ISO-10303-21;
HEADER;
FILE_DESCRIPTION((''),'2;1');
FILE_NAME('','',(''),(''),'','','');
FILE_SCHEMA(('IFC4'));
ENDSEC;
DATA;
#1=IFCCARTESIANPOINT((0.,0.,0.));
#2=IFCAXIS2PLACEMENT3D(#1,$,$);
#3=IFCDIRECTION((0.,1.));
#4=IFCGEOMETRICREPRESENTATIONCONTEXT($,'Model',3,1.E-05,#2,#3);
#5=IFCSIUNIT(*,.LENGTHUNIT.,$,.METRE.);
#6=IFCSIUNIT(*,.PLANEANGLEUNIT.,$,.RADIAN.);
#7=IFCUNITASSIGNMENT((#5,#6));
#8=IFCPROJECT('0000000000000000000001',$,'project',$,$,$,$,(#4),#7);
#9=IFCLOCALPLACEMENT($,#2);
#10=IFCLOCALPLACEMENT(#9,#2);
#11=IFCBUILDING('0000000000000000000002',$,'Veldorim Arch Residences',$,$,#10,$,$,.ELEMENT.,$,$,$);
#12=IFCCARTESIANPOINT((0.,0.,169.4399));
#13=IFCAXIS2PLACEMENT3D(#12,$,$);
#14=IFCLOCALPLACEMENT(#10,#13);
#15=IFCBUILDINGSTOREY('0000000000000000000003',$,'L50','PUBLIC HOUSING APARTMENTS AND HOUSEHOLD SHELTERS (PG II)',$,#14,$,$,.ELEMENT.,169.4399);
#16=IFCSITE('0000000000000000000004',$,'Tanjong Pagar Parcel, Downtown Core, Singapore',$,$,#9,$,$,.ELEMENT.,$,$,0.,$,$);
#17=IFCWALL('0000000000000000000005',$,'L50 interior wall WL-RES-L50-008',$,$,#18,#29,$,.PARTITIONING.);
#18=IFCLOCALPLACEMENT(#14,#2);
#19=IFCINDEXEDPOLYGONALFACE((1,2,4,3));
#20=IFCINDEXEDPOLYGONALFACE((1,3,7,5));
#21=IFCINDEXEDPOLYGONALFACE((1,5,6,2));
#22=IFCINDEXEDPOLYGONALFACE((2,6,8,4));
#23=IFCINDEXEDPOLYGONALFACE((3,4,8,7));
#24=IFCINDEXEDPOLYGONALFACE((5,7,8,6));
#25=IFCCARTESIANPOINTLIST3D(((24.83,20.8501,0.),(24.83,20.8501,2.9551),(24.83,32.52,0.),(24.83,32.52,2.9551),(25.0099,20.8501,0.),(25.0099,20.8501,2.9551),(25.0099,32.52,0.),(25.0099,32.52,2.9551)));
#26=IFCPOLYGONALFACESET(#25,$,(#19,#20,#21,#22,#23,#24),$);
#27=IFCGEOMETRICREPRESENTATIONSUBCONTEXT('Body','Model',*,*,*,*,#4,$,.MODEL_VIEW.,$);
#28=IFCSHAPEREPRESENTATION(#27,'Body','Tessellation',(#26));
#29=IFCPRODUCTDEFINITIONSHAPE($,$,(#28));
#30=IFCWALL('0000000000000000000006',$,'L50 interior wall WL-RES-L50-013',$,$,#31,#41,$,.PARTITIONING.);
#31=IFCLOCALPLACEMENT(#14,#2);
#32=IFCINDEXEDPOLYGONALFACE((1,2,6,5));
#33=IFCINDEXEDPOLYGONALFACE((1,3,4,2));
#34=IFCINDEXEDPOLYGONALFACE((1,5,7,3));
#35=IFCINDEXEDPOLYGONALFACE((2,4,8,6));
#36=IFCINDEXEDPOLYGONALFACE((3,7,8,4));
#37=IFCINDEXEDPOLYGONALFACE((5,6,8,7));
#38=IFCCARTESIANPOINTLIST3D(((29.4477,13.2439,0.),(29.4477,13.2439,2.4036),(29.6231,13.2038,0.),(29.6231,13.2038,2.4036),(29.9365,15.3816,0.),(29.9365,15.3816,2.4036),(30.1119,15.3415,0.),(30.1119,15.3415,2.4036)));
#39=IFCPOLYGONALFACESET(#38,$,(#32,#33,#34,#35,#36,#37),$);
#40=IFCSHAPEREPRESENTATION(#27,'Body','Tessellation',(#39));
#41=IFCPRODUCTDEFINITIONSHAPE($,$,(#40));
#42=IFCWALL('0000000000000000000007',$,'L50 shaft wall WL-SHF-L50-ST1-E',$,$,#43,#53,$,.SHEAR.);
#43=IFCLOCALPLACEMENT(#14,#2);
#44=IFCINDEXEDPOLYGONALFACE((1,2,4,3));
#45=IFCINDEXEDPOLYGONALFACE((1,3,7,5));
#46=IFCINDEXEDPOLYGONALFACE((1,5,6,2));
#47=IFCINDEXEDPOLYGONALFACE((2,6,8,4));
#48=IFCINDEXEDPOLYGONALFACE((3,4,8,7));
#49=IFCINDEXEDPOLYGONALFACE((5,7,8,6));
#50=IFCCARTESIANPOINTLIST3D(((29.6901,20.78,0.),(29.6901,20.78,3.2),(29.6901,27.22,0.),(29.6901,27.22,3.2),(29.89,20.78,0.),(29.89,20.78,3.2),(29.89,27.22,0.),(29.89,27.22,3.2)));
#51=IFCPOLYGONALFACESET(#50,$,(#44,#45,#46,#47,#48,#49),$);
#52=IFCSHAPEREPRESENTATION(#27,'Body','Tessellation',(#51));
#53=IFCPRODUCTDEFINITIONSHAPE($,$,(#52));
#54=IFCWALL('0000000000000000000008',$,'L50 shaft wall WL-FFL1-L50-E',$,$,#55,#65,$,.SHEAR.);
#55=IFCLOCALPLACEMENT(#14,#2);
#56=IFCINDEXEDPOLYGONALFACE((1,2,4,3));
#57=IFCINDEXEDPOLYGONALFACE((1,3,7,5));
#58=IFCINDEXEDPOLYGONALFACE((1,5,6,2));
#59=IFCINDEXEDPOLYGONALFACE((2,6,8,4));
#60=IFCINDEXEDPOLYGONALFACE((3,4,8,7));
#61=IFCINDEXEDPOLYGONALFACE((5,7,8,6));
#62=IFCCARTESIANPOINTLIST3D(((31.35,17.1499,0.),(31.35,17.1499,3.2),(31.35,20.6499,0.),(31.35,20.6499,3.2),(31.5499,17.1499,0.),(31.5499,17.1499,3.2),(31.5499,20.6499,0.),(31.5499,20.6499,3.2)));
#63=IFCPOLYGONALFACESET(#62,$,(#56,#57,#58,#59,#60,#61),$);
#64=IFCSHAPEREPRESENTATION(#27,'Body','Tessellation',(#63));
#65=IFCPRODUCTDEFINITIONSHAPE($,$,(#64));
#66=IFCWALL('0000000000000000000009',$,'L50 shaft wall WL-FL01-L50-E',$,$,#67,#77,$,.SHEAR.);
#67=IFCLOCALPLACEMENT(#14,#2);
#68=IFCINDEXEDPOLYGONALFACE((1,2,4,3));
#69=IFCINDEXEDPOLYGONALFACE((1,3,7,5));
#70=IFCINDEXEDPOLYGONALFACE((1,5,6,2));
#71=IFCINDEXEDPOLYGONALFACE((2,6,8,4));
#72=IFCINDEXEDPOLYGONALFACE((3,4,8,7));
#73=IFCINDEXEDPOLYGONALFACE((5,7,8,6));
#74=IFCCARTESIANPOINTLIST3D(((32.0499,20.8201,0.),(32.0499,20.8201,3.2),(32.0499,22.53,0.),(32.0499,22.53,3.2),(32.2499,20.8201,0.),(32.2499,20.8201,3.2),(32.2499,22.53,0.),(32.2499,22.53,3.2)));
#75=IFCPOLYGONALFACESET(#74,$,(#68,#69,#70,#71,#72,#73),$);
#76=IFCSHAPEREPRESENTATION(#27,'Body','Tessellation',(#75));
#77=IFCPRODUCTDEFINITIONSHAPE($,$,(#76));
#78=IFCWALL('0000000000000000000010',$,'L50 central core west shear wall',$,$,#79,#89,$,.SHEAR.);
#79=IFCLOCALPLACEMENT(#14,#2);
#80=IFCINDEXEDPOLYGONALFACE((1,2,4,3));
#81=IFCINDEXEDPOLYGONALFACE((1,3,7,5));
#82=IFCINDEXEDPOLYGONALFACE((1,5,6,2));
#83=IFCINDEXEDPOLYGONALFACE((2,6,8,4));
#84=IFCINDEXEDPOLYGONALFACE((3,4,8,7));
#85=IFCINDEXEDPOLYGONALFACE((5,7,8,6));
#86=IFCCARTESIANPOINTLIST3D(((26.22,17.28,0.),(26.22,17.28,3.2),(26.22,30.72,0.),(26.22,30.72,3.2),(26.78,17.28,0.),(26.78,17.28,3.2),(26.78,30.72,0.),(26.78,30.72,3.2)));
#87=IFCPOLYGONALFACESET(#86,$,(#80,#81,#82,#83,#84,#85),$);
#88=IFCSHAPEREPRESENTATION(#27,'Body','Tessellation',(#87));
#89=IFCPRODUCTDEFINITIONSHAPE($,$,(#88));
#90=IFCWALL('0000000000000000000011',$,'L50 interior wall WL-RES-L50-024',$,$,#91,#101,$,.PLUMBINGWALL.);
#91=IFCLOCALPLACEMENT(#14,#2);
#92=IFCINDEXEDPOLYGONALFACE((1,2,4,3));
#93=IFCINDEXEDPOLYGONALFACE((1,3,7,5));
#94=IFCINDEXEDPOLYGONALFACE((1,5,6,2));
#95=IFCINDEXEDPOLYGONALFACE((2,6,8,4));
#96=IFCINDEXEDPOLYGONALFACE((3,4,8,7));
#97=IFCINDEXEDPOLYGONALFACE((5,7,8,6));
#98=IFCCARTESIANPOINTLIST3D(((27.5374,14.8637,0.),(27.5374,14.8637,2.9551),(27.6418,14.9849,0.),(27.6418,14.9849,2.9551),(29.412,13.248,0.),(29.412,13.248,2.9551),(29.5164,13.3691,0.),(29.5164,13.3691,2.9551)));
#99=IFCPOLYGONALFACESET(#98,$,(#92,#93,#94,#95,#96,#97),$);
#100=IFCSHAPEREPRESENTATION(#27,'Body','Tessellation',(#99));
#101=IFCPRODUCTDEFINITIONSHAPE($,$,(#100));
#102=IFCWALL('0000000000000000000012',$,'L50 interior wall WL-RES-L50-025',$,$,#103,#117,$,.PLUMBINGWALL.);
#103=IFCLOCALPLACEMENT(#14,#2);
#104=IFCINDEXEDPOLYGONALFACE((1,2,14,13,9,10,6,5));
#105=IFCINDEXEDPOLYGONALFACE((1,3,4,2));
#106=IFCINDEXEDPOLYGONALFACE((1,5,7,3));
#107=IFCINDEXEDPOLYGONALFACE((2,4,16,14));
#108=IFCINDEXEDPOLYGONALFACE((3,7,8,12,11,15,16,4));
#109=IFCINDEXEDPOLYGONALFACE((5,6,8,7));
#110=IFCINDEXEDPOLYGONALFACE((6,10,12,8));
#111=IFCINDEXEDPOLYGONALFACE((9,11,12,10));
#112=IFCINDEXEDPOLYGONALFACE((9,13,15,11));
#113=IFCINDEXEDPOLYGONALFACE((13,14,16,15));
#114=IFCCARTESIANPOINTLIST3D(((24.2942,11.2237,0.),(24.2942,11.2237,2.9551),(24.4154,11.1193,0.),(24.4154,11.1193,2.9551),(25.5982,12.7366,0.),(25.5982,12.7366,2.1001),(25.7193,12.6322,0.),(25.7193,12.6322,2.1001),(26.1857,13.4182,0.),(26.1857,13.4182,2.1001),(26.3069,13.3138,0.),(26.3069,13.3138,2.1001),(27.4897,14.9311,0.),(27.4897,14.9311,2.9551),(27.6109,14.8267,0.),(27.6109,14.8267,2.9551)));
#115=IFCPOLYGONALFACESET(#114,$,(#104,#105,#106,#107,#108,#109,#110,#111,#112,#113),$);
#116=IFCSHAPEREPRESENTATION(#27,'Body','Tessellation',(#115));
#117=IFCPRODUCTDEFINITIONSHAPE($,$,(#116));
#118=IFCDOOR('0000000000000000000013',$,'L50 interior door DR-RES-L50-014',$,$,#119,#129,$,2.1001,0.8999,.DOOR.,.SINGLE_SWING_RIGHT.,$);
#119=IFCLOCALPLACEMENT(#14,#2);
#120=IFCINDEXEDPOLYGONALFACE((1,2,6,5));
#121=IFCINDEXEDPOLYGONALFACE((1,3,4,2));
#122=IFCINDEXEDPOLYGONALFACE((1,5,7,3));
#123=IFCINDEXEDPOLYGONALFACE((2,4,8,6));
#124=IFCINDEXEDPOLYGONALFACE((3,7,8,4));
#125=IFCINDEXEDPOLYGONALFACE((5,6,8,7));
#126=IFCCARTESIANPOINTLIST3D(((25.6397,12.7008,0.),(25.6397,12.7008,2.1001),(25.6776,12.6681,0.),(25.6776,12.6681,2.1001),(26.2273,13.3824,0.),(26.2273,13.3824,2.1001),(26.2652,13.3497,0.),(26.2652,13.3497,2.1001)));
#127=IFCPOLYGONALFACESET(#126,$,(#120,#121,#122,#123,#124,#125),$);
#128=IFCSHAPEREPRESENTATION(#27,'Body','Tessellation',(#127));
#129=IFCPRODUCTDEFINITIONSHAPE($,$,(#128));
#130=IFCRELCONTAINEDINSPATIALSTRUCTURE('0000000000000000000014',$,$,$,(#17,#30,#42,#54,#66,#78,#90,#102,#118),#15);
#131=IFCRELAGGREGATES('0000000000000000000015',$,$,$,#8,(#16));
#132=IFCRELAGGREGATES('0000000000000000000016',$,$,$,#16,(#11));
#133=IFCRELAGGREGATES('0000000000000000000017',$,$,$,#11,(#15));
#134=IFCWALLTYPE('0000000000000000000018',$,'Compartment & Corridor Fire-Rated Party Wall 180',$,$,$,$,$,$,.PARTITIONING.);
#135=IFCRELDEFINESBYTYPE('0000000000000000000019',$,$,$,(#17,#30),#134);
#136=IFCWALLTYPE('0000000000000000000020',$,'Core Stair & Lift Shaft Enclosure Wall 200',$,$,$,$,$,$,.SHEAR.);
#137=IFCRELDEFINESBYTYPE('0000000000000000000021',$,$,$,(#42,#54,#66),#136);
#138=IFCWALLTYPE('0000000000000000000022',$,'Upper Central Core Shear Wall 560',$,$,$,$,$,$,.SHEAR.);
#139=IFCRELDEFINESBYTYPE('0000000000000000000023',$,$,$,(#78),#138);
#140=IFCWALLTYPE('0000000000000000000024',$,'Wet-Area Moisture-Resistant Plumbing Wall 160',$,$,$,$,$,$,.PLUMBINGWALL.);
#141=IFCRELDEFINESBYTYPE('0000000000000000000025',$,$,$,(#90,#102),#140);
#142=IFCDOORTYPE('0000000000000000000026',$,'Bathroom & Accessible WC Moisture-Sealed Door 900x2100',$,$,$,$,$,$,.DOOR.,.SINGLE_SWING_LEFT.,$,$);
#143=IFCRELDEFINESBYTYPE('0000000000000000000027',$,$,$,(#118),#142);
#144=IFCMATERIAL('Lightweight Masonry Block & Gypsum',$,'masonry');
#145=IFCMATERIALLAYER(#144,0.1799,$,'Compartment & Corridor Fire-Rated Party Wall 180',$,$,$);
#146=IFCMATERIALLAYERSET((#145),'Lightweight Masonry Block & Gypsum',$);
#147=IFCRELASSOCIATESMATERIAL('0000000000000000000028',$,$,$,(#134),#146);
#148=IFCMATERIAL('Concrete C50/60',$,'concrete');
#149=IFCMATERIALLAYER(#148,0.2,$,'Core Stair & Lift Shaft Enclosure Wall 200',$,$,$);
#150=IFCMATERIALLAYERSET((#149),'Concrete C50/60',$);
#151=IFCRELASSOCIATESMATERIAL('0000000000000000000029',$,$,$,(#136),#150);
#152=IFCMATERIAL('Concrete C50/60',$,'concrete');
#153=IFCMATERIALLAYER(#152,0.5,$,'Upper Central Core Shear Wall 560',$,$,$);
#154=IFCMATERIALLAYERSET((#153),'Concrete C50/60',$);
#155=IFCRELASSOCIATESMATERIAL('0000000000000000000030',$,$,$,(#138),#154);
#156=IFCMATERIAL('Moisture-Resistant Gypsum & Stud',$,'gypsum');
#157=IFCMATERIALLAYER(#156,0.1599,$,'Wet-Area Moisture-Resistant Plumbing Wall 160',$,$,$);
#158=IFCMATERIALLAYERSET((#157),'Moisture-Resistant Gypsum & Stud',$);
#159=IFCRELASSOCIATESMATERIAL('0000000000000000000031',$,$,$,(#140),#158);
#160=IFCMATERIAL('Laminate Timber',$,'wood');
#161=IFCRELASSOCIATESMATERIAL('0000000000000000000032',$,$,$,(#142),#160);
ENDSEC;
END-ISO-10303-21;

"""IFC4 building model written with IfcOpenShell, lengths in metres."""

from ifc_helpers import new_model, si_unit, direction, frame, frame_2d, origin, place, context, subcontext, project, spatial, rectangle, extrude, material, layer, layer_set, type_object, element, fill, save


model = new_model("IFC4")

# Units and contexts
model_context = context("Model", 3, precision=1e-05, world=origin(), true_north=direction((0.0, 1.0)))
body_context = subcontext(model_context, "Body", "Model", "MODEL_VIEW")
ifc_project = project(units=[si_unit("LENGTHUNIT", "METRE"), si_unit("PLANEANGLEUNIT", "RADIAN")], contexts=[model_context])

# Site, building, storey
site_placement = place(None, origin())
site = spatial("IfcSite", under=ifc_project, at=site_placement, Name="Tanjong Pagar Parcel, Downtown Core, Singapore", CompositionType="ELEMENT", RefElevation=0.0)
building_placement = place(site_placement, origin())
building = spatial("IfcBuilding", under=site, at=building_placement, Name="Veldorim Arch Residences", CompositionType="ELEMENT")
storey_placement = place(building_placement, frame((0.0, 0.0, 169.4399)))
storey = spatial("IfcBuildingStorey", under=building, at=storey_placement, Name="L50", Description="PUBLIC HOUSING APARTMENTS AND HOUSEHOLD SHELTERS (PG II)", CompositionType="ELEMENT", Elevation=169.4399)

# Walls
ifc_material_1 = material(Name="Lightweight Masonry Block & Gypsum", Category="masonry")
ifc_layer_1 = layer(ifc_material_1, 0.1799, Name="Compartment & Corridor Fire-Rated Party Wall 180")
ifc_layer_set_1 = layer_set([ifc_layer_1], Name="Lightweight Masonry Block & Gypsum")
wall_type_1 = type_object("IfcWallType", Name="Compartment & Corridor Fire-Rated Party Wall 180", PredefinedType="PARTITIONING", material=ifc_layer_set_1)
wall_1_placement = place(storey_placement, frame((24.9199, 20.8501, 0.0), z_axis=(0.0, 0.0, 1.0), x_axis=(0.0, 1.0, 0.0)))
element("IfcWall", 1, at=wall_1_placement, inside=storey, type_object=wall_type_1, Name="L50 interior wall WL-RES-L50-008", PredefinedType="PARTITIONING", context=body_context, shape_type="SweptSolid", body=[
    extrude(rectangle(XDim=11.6699, YDim=0.1799, at=frame_2d((5.835, 0.0))), origin(), (0.0, 0.0, 1.0), 2.9551),
])
wall_2_placement = place(storey_placement, frame((29.5354, 13.2239, 0.0), z_axis=(0.0, 0.0, 1.0), x_axis=(0.222891, 0.974843, 0.0)))
element("IfcWall", 2, at=wall_2_placement, inside=storey, type_object=wall_type_1, Name="L50 interior wall WL-RES-L50-013", PredefinedType="PARTITIONING", context=body_context, shape_type="SweptSolid", body=[
    extrude(rectangle(XDim=2.1929, YDim=0.1799, at=frame_2d((1.0964, 0.0))), origin(), (0.0, 0.0, 1.0), 2.4036),
])
ifc_material_2 = material(Name="Concrete C50/60", Category="concrete")
ifc_layer_2 = layer(ifc_material_2, 0.2, Name="Core Stair & Lift Shaft Enclosure Wall 200")
ifc_layer_set_2 = layer_set([ifc_layer_2], Name="Concrete C50/60")
wall_type_2 = type_object("IfcWallType", Name="Core Stair & Lift Shaft Enclosure Wall 200", PredefinedType="SHEAR", material=ifc_layer_set_2)
wall_3_placement = place(storey_placement, frame((29.79, 20.78, 0.0), z_axis=(0.0, 0.0, 1.0), x_axis=(0.0, 1.0, 0.0)))
element("IfcWall", 3, at=wall_3_placement, inside=storey, type_object=wall_type_2, Name="L50 shaft wall WL-SHF-L50-ST1-E", PredefinedType="SHEAR", context=body_context, shape_type="SweptSolid", body=[
    extrude(rectangle(XDim=6.4399, YDim=0.2, at=frame_2d((3.22, 0.0))), origin(), (0.0, 0.0, 1.0), 3.2),
])

# Wall
wall_4_placement = place(storey_placement, frame((31.45, 17.1499, 0.0), z_axis=(0.0, 0.0, 1.0), x_axis=(0.0, 1.0, 0.0)))
element("IfcWall", 4, at=wall_4_placement, inside=storey, type_object=wall_type_2, Name="L50 shaft wall WL-FFL1-L50-E", PredefinedType="SHEAR", context=body_context, shape_type="SweptSolid", body=[
    extrude(rectangle(XDim=3.5, YDim=0.2, at=frame_2d((1.75, 0.0))), origin(), (0.0, 0.0, 1.0), 3.2),
])

# Wall
wall_5_placement = place(storey_placement, frame((32.1499, 20.8201, 0.0), z_axis=(0.0, 0.0, 1.0), x_axis=(0.0, 1.0, 0.0)))
element("IfcWall", 5, at=wall_5_placement, inside=storey, type_object=wall_type_2, Name="L50 shaft wall WL-FL01-L50-E", PredefinedType="SHEAR", context=body_context, shape_type="SweptSolid", body=[
    extrude(rectangle(XDim=1.71, YDim=0.2, at=frame_2d((0.855, 0.0))), origin(), (0.0, 0.0, 1.0), 3.2),
])

# Shared definitions
ifc_material_3 = material(Name="Concrete C50/60", Category="concrete")
ifc_layer_3 = layer(ifc_material_3, 0.5, Name="Upper Central Core Shear Wall 560")
ifc_layer_set_3 = layer_set([ifc_layer_3], Name="Concrete C50/60")
wall_type_3 = type_object("IfcWallType", Name="Upper Central Core Shear Wall 560", PredefinedType="SHEAR", material=ifc_layer_set_3)

# Walls
wall_6_placement = place(storey_placement, frame((26.5, 17.28, 0.0), z_axis=(0.0, 0.0, 1.0), x_axis=(0.0, 1.0, 0.0)))
element("IfcWall", 6, at=wall_6_placement, inside=storey, type_object=wall_type_3, Name="L50 central core west shear wall", PredefinedType="SHEAR", context=body_context, shape_type="SweptSolid", body=[
    extrude(rectangle(XDim=13.4399, YDim=0.5601, at=frame_2d((6.72, 0.0))), origin(), (0.0, 0.0, 1.0), 3.2),
])
ifc_material_4 = material(Name="Moisture-Resistant Gypsum & Stud", Category="gypsum")
ifc_layer_4 = layer(ifc_material_4, 0.1599, Name="Wet-Area Moisture-Resistant Plumbing Wall 160")
ifc_layer_set_4 = layer_set([ifc_layer_4], Name="Moisture-Resistant Gypsum & Stud")
wall_type_4 = type_object("IfcWallType", Name="Wet-Area Moisture-Resistant Plumbing Wall 160", PredefinedType="PLUMBINGWALL", material=ifc_layer_set_4)
wall_7_placement = place(storey_placement, frame((29.4641, 13.3086, 0.0), z_axis=(0.0, 0.0, 1.0), x_axis=(-0.757457, 0.652885, 0.0)))
element("IfcWall", 7, at=wall_7_placement, inside=storey, type_object=wall_type_4, Name="L50 interior wall WL-RES-L50-024", PredefinedType="PLUMBINGWALL", context=body_context, shape_type="SweptSolid", body=[
    extrude(rectangle(XDim=2.4749, YDim=0.1599, at=frame_2d((1.2373, 0.0))), origin(), (0.0, 0.0, 1.0), 2.9551),
])

# Wall, opening, door
wall_8_placement = place(storey_placement, frame((27.5503, 14.8789, 0.0), z_axis=(0.0, 0.0, 1.0), x_axis=(-0.652872, -0.757469, 0.0)))
wall_8 = element("IfcWall", 8, at=wall_8_placement, inside=storey, type_object=wall_type_4, Name="L50 interior wall WL-RES-L50-025", PredefinedType="PLUMBINGWALL", context=body_context, shape_type="SweptSolid", body=[
    extrude(rectangle(XDim=4.8945, YDim=0.1599, at=frame_2d((2.4473, 0.0))), origin(), (0.0, 0.0, 1.0), 2.9551),
])
opening_1_placement = place(wall_8_placement, frame((1.9973, 0.0, 0.0)))
opening_1 = element("IfcOpeningElement", 9, at=opening_1_placement, cuts=wall_8, PredefinedType="OPENING", context=body_context, shape_type="SweptSolid", body=[
    extrude(rectangle(XDim=0.8999, YDim=2.1001, at=frame_2d((0.45, 1.05))), frame((0.0, 0.0898, 0.0), z_axis=(0.0, -1.0, 0.0), x_axis=(1.0, 0.0, 0.0)), (0.0, 0.0, 1.0), 0.1799),
])
ifc_material_5 = material(Name="Laminate Timber", Category="wood")
door_type_1 = type_object("IfcDoorType", Name="Bathroom & Accessible WC Moisture-Sealed Door 900x2100", OperationType="SINGLE_SWING_LEFT", PredefinedType="DOOR", material=ifc_material_5)
door_1_placement = place(opening_1_placement, origin())
door_1 = element("IfcDoor", 10, at=door_1_placement, inside=storey, type_object=door_type_1, Name="L50 interior door DR-RES-L50-014", OperationType="SINGLE_SWING_RIGHT", OverallHeight=2.1001, OverallWidth=0.8999, PredefinedType="DOOR", context=body_context, shape_type="SweptSolid", body=[
    extrude(rectangle(XDim=0.8999, YDim=2.1001, at=frame_2d((0.45, 1.05))), frame((0.0, 0.0249, 0.0), z_axis=(0.0, -1.0, 0.0), x_axis=(1.0, 0.0, 0.0)), (0.0, 0.0, 1.0), 0.05),
])
fill(opening_1, door_1)

save(model, "model.ifc")
